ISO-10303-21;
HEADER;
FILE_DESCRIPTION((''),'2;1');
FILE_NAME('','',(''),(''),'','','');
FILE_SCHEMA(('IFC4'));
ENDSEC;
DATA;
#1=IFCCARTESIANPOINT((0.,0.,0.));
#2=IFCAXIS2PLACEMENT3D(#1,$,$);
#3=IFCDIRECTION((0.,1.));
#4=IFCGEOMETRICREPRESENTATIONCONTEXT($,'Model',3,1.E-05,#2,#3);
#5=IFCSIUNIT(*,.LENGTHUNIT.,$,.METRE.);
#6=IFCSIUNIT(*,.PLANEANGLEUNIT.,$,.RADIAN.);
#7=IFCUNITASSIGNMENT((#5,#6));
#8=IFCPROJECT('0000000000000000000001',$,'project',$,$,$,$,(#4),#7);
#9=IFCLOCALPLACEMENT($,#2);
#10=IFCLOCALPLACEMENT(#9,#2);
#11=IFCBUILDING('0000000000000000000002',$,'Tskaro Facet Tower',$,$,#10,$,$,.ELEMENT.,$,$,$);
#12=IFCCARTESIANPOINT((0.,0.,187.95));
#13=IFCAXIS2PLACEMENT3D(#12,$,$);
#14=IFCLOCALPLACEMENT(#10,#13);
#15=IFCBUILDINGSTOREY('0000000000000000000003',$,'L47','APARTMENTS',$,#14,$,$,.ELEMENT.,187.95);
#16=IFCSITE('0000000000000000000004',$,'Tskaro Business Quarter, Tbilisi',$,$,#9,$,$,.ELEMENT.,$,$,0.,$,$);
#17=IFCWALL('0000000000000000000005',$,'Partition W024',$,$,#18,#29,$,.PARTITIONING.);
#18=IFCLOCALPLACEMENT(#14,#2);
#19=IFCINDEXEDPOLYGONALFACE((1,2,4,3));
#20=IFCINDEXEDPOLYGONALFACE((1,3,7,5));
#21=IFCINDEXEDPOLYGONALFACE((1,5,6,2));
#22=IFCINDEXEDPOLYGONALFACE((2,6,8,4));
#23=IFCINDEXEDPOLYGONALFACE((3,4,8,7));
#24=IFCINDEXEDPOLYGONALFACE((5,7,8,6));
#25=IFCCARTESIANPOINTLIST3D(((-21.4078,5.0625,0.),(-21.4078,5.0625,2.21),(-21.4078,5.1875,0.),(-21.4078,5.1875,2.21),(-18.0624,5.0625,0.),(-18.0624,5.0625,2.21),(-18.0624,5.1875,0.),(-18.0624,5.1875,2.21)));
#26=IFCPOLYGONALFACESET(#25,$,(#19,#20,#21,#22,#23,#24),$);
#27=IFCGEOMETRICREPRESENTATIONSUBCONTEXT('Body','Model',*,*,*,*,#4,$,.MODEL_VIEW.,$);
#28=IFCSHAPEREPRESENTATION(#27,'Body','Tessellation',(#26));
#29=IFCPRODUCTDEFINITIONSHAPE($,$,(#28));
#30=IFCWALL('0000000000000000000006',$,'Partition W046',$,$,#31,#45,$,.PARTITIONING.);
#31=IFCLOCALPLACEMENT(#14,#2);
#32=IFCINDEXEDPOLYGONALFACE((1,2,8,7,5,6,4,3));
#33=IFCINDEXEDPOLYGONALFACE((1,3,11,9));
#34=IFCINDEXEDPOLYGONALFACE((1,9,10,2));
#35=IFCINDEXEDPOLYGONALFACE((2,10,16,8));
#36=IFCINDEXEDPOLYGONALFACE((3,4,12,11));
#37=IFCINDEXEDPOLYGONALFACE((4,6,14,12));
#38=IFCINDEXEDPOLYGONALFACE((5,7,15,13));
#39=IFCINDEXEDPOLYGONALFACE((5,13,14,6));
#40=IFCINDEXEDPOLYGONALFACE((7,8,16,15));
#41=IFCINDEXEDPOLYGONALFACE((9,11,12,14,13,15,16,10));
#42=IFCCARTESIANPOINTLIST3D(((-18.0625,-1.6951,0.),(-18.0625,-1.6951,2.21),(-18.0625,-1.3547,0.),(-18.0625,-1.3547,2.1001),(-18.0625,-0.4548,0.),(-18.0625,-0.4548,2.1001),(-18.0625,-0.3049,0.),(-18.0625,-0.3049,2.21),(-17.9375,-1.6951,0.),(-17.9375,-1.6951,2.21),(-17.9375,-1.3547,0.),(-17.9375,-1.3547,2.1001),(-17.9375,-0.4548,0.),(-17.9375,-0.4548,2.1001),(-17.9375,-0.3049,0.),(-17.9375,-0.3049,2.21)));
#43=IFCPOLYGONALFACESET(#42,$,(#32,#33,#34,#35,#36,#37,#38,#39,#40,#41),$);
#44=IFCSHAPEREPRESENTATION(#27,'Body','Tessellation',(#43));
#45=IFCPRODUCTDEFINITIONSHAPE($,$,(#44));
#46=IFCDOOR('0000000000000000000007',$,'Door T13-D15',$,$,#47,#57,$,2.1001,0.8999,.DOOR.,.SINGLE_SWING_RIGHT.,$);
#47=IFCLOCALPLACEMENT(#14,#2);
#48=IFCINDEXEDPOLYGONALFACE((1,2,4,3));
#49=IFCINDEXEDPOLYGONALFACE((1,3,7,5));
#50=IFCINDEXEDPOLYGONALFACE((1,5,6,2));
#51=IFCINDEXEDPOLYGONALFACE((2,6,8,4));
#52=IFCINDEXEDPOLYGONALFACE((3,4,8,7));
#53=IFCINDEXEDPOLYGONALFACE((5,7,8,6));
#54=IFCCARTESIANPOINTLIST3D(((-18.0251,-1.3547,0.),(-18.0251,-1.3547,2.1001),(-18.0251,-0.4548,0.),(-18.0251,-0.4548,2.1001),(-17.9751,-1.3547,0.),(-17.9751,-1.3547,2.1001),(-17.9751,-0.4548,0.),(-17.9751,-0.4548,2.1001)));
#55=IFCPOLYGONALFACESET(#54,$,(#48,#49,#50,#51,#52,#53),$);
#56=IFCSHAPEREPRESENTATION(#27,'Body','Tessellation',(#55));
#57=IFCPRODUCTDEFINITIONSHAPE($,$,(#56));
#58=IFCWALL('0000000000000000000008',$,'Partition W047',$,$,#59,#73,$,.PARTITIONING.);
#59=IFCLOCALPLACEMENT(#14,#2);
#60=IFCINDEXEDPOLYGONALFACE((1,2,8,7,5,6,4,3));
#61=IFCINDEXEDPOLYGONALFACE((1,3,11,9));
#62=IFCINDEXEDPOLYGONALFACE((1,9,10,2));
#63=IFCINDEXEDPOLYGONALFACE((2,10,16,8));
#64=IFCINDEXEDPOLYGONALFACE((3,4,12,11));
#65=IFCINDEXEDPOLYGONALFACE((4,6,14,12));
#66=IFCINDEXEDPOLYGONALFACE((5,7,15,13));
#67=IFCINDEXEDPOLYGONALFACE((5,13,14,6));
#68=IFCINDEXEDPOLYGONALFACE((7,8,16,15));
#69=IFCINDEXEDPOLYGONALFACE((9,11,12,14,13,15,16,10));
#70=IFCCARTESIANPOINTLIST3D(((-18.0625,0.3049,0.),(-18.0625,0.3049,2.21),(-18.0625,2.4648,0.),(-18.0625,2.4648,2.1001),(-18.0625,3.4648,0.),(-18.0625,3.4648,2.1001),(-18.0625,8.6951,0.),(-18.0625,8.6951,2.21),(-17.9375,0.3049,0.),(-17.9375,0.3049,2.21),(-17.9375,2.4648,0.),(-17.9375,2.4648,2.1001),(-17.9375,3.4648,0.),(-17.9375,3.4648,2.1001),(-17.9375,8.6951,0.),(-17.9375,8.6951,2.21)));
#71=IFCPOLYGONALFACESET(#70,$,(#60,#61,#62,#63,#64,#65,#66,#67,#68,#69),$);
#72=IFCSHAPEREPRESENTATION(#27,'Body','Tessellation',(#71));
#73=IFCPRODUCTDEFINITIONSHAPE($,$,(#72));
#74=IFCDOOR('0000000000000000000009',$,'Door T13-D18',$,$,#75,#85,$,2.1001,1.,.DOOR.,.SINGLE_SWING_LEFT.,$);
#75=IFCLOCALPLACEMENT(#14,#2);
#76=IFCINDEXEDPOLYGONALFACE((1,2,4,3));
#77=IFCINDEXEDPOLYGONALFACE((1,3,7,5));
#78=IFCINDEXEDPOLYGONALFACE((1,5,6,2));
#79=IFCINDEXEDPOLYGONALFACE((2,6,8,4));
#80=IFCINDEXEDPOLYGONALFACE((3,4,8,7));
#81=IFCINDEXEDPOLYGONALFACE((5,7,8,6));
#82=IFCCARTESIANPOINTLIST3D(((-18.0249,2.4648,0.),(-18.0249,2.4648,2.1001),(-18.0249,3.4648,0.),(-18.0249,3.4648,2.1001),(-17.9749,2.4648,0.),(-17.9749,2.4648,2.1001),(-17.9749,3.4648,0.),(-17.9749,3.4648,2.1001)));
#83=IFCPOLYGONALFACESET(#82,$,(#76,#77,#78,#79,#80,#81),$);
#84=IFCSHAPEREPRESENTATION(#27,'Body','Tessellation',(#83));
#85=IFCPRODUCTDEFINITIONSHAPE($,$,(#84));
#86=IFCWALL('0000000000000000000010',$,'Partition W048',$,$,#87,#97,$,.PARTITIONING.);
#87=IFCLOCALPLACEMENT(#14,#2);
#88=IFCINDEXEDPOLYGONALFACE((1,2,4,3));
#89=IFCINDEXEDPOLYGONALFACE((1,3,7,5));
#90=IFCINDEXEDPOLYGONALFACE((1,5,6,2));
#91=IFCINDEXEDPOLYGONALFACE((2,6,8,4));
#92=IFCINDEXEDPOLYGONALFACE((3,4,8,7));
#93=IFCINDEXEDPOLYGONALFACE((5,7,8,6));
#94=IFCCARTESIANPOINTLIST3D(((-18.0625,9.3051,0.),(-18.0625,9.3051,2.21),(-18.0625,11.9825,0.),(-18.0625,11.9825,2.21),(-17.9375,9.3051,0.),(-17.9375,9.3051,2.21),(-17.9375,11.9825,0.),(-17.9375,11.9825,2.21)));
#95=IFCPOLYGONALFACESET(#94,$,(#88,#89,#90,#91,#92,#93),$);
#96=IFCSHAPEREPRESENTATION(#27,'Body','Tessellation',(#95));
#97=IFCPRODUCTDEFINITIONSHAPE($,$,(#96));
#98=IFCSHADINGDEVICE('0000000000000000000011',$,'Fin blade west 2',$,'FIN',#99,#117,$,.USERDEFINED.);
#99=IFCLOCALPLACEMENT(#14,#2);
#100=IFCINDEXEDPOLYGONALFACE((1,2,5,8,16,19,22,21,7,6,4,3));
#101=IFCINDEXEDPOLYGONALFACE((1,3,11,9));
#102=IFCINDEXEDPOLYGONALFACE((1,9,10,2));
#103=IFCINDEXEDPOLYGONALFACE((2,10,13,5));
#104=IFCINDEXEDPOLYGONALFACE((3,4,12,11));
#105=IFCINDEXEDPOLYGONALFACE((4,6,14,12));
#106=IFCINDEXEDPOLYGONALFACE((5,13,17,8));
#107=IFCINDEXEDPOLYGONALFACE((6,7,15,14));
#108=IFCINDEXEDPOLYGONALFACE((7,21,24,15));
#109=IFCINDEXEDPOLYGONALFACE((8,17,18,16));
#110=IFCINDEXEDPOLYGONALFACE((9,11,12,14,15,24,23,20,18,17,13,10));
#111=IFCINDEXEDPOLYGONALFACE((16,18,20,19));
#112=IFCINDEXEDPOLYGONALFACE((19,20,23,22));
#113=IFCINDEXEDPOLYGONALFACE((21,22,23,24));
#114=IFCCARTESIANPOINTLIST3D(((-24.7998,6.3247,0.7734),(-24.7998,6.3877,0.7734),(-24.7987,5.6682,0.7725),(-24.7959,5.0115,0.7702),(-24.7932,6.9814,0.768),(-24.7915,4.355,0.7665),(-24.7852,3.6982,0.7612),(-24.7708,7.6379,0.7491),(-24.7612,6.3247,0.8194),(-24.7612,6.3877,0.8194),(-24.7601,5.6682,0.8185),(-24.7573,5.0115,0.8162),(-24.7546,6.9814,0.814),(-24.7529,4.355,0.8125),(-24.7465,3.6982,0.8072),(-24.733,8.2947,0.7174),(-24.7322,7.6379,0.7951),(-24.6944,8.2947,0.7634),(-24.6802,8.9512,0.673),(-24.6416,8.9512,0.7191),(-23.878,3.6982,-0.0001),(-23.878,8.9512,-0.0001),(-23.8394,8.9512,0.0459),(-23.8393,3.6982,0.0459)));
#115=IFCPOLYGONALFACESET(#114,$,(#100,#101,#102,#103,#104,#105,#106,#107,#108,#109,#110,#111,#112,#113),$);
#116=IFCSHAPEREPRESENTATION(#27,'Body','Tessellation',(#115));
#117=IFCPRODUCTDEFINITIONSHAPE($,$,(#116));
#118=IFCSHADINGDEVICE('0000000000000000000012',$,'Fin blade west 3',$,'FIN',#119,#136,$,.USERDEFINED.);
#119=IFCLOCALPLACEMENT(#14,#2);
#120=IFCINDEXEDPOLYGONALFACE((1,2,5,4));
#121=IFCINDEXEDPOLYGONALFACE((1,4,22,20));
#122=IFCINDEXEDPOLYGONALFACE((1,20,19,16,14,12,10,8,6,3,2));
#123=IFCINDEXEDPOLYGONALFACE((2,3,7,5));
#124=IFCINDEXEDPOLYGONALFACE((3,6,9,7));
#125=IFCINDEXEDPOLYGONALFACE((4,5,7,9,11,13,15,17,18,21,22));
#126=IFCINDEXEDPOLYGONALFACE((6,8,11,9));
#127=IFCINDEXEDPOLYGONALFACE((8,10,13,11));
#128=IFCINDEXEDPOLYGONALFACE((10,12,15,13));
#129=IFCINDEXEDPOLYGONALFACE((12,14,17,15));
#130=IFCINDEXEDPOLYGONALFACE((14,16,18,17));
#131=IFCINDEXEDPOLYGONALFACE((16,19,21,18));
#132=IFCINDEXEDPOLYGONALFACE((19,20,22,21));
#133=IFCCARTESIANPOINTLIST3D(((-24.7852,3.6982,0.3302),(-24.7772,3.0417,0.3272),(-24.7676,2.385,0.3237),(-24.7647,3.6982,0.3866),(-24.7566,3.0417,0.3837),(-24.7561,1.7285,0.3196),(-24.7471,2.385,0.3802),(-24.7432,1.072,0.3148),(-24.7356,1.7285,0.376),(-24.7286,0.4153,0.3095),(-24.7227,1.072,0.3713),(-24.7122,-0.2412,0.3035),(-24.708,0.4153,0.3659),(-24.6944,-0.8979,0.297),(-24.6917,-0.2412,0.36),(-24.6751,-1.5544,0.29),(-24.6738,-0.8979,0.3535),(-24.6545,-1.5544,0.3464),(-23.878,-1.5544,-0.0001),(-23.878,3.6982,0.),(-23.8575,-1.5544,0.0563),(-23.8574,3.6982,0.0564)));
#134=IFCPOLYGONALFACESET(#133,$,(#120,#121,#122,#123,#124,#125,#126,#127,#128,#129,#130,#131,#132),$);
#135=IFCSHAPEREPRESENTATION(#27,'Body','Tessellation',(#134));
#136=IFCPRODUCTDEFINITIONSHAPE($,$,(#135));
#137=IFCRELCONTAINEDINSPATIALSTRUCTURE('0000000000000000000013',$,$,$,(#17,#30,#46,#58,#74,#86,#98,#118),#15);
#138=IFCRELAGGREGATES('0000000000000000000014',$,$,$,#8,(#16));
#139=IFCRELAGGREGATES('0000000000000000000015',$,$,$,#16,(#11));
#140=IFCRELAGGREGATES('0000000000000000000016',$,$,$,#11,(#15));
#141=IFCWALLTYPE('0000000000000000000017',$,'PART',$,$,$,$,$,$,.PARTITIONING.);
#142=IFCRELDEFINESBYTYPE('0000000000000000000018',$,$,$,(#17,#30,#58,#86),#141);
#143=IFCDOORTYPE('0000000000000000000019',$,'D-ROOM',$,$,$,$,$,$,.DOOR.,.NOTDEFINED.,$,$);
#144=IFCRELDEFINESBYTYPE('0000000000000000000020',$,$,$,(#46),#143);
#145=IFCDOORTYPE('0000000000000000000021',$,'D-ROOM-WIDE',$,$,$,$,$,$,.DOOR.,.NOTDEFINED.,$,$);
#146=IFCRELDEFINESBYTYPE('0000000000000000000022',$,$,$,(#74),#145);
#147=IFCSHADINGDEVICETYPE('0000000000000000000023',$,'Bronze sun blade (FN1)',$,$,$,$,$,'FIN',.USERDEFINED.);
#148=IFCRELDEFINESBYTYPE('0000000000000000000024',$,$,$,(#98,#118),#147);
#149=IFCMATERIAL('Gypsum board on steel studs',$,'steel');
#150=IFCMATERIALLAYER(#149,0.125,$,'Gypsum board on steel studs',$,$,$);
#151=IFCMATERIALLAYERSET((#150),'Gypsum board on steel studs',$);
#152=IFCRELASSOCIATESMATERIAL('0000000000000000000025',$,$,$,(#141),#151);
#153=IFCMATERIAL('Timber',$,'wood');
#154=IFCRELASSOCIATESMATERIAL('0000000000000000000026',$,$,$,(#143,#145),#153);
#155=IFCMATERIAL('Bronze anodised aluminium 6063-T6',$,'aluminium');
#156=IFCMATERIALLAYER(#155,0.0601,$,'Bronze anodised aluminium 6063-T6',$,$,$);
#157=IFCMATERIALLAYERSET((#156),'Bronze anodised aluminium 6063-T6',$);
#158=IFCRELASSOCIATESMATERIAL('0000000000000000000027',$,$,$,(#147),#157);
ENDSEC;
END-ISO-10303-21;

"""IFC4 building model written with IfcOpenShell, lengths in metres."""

from ifc_helpers import new_model, si_unit, direction, frame, frame_2d, origin, place, context, subcontext, project, spatial, polyline, rectangle, outline, extrude, material, layer, layer_set, type_object, element, fill, save


model = new_model("IFC4")

# Units and contexts
model_context = context("Model", 3, precision=1e-05, world=origin(), true_north=direction((0.0, 1.0)))
body_context = subcontext(model_context, "Body", "Model", "MODEL_VIEW")
ifc_project = project(units=[si_unit("LENGTHUNIT", "METRE"), si_unit("PLANEANGLEUNIT", "RADIAN")], contexts=[model_context])

# Site, building, storey
site_placement = place(None, origin())
site = spatial("IfcSite", under=ifc_project, at=site_placement, Name="Tskaro Business Quarter, Tbilisi", CompositionType="ELEMENT", RefElevation=0.0)
building_placement = place(site_placement, origin())
building = spatial("IfcBuilding", under=site, at=building_placement, Name="Tskaro Facet Tower", CompositionType="ELEMENT")
storey_placement = place(building_placement, frame((0.0, 0.0, 187.95)))
storey = spatial("IfcBuildingStorey", under=building, at=storey_placement, Name="L47", Description="APARTMENTS", CompositionType="ELEMENT", Elevation=187.95)

# Shared definitions
ifc_material_1 = material(Name="Bronze anodised aluminium 6063-T6", Category="aluminium")

# Wall
ifc_material_2 = material(Name="Gypsum board on steel studs", Category="steel")
ifc_layer_1 = layer(ifc_material_2, 0.125, Name="Gypsum board on steel studs")
ifc_layer_set_1 = layer_set([ifc_layer_1], Name="Gypsum board on steel studs")
wall_type = type_object("IfcWallType", Name="PART", PredefinedType="PARTITIONING", material=ifc_layer_set_1)
wall_1_placement = place(storey_placement, frame((-21.408, 5.125, 0.0), z_axis=(0.0, 0.0, 1.0), x_axis=(1.0, 0.0, 0.0)))
element("IfcWall", 1, at=wall_1_placement, inside=storey, type_object=wall_type, Name="Partition W024", PredefinedType="PARTITIONING", context=body_context, shape_type="SweptSolid", body=[
    extrude(rectangle(XDim=3.3455, YDim=0.125, at=frame_2d((1.6729, 0.0))), origin(), (0.0, 0.0, 1.0), 2.21),
])

# Walls, openings, doors
wall_2_placement = place(storey_placement, frame((-18.0, -0.3049, 0.0), z_axis=(0.0, 0.0, 1.0), x_axis=(0.0, -1.0, 0.0)))
wall_2 = element("IfcWall", 2, at=wall_2_placement, inside=storey, type_object=wall_type, Name="Partition W046", PredefinedType="PARTITIONING", context=body_context, shape_type="SweptSolid", body=[
    extrude(rectangle(XDim=1.3901, YDim=0.125, at=frame_2d((0.6951, 0.0))), origin(), (0.0, 0.0, 1.0), 2.21),
])
opening_1_placement = place(wall_2_placement, frame((0.1499, 0.0, 0.0)))
opening_1 = element("IfcOpeningElement", 3, at=opening_1_placement, cuts=wall_2, PredefinedType="OPENING", context=body_context, shape_type="SweptSolid", body=[
    extrude(rectangle(XDim=0.8999, YDim=2.1001, at=frame_2d((0.45, 1.05))), frame((0.0, 0.0725, 0.0), z_axis=(0.0, -1.0, 0.0), x_axis=(1.0, 0.0, 0.0)), (0.0, 0.0, 1.0), 0.145),
])
ifc_material_3 = material(Name="Timber", Category="wood")
door_type_1 = type_object("IfcDoorType", Name="D-ROOM", OperationType="NOTDEFINED", PredefinedType="DOOR", material=ifc_material_3)
door_1_placement = place(opening_1_placement, origin())
door_1 = element("IfcDoor", 4, at=door_1_placement, inside=storey, type_object=door_type_1, Name="Door T13-D15", OperationType="SINGLE_SWING_RIGHT", OverallHeight=2.1001, OverallWidth=0.8999, PredefinedType="DOOR", context=body_context, shape_type="SweptSolid", body=[
    extrude(rectangle(XDim=0.8999, YDim=2.1001, at=frame_2d((0.45, 1.05))), frame((0.0, 0.0249, 0.0), z_axis=(0.0, -1.0, 0.0), x_axis=(1.0, 0.0, 0.0)), (0.0, 0.0, 1.0), 0.05),
])
fill(opening_1, door_1)
wall_3_placement = place(storey_placement, frame((-18.0, 0.3049, 0.0), z_axis=(0.0, 0.0, 1.0), x_axis=(0.0, 1.0, 0.0)))
wall_3 = element("IfcWall", 5, at=wall_3_placement, inside=storey, type_object=wall_type, Name="Partition W047", PredefinedType="PARTITIONING", context=body_context, shape_type="SweptSolid", body=[
    extrude(rectangle(XDim=8.3901, YDim=0.125, at=frame_2d((4.1951, 0.0))), origin(), (0.0, 0.0, 1.0), 2.21),
])
opening_2_placement = place(wall_3_placement, frame((2.1599, 0.0, 0.0)))
opening_2 = element("IfcOpeningElement", 6, at=opening_2_placement, cuts=wall_3, PredefinedType="OPENING", context=body_context, shape_type="SweptSolid", body=[
    extrude(rectangle(XDim=1.0, YDim=2.1001, at=frame_2d((0.5, 1.05))), frame((0.0, 0.0725, 0.0), z_axis=(0.0, -1.0, 0.0), x_axis=(1.0, 0.0, 0.0)), (0.0, 0.0, 1.0), 0.145),
])
door_type_2 = type_object("IfcDoorType", Name="D-ROOM-WIDE", OperationType="NOTDEFINED", PredefinedType="DOOR", material=ifc_material_3)
door_2_placement = place(opening_2_placement, origin())
door_2 = element("IfcDoor", 7, at=door_2_placement, inside=storey, type_object=door_type_2, Name="Door T13-D18", OperationType="SINGLE_SWING_LEFT", OverallHeight=2.1001, OverallWidth=1.0, PredefinedType="DOOR", context=body_context, shape_type="SweptSolid", body=[
    extrude(rectangle(XDim=1.0, YDim=2.1001, at=frame_2d((0.5, 1.05))), frame((0.0, 0.0249, 0.0), z_axis=(0.0, -1.0, 0.0), x_axis=(1.0, 0.0, 0.0)), (0.0, 0.0, 1.0), 0.05),
])
fill(opening_2, door_2)

# Wall
wall_4_placement = place(storey_placement, frame((-18.0, 9.3049, 0.0), z_axis=(0.0, 0.0, 1.0), x_axis=(0.0, 1.0, 0.0)))
element("IfcWall", 8, at=wall_4_placement, inside=storey, type_object=wall_type, Name="Partition W048", PredefinedType="PARTITIONING", context=body_context, shape_type="SweptSolid", body=[
    extrude(rectangle(XDim=2.6775, YDim=0.125, at=frame_2d((1.3389, 0.0))), origin(), (0.0, 0.0, 1.0), 2.21),
])

# Shading devices
ifc_layer_2 = layer(ifc_material_1, 0.0601, Name="Bronze anodised aluminium 6063-T6")
ifc_layer_set_2 = layer_set([ifc_layer_2], Name="Bronze anodised aluminium 6063-T6")
shading_device_type = type_object("IfcShadingDeviceType", Name="Bronze sun blade (FN1)", ElementType="FIN", PredefinedType="USERDEFINED", material=ifc_layer_set_2)
shading_device_1_placement = place(storey_placement, frame((-23.8394, 8.9512, 0.0459), z_axis=(0.642807, 0.000002, 0.766028), x_axis=(0.000001, -1.0, 0.000001)))
element("IfcShadingDevice", 9, at=shading_device_1_placement, inside=storey, type_object=shading_device_type, Name="Fin blade west 2", ObjectType="FIN", PredefinedType="USERDEFINED", context=body_context, shape_type="SweptSolid", body=[
    extrude(outline(polyline([(0.0, 0.0), (5.2529, 0.0), (5.2529, -1.1843), (4.5962, -1.1926), (3.9397, -1.1983), (3.283, -1.2019), (2.6265, -1.2034), (2.5635, -1.2034), (1.9697, -1.1949), (1.3132, -1.1656), (0.6565, -1.1162), (0.0, -1.0472), (0.0, 0.0)])), origin(), (0.0, 0.0, -1.0), 0.0601),
])
shading_device_2_placement = place(storey_placement, frame((-23.8574, 3.6982, 0.0564), z_axis=(0.342028, -0.000019, 0.93969), x_axis=(-0.000006, -1.0, -0.000017)))
element("IfcShadingDevice", 10, at=shading_device_2_placement, inside=storey, type_object=shading_device_type, Name="Fin blade west 3", ObjectType="FIN", PredefinedType="USERDEFINED", context=body_context, shape_type="SweptSolid", body=[
    extrude(outline(polyline([(0.0, 0.0), (5.2527, 0.0), (5.2527, -0.8482), (4.5962, -0.8688), (3.9395, -0.8878), (3.283, -0.9052), (2.6262, -0.9208), (1.9697, -0.9345), (1.3132, -0.9467), (0.6565, -0.9569), (0.0, -0.9655), (0.0, 0.0)])), origin(), (0.0, 0.0, -1.0), 0.0601),
])

save(model, "model.ifc")
